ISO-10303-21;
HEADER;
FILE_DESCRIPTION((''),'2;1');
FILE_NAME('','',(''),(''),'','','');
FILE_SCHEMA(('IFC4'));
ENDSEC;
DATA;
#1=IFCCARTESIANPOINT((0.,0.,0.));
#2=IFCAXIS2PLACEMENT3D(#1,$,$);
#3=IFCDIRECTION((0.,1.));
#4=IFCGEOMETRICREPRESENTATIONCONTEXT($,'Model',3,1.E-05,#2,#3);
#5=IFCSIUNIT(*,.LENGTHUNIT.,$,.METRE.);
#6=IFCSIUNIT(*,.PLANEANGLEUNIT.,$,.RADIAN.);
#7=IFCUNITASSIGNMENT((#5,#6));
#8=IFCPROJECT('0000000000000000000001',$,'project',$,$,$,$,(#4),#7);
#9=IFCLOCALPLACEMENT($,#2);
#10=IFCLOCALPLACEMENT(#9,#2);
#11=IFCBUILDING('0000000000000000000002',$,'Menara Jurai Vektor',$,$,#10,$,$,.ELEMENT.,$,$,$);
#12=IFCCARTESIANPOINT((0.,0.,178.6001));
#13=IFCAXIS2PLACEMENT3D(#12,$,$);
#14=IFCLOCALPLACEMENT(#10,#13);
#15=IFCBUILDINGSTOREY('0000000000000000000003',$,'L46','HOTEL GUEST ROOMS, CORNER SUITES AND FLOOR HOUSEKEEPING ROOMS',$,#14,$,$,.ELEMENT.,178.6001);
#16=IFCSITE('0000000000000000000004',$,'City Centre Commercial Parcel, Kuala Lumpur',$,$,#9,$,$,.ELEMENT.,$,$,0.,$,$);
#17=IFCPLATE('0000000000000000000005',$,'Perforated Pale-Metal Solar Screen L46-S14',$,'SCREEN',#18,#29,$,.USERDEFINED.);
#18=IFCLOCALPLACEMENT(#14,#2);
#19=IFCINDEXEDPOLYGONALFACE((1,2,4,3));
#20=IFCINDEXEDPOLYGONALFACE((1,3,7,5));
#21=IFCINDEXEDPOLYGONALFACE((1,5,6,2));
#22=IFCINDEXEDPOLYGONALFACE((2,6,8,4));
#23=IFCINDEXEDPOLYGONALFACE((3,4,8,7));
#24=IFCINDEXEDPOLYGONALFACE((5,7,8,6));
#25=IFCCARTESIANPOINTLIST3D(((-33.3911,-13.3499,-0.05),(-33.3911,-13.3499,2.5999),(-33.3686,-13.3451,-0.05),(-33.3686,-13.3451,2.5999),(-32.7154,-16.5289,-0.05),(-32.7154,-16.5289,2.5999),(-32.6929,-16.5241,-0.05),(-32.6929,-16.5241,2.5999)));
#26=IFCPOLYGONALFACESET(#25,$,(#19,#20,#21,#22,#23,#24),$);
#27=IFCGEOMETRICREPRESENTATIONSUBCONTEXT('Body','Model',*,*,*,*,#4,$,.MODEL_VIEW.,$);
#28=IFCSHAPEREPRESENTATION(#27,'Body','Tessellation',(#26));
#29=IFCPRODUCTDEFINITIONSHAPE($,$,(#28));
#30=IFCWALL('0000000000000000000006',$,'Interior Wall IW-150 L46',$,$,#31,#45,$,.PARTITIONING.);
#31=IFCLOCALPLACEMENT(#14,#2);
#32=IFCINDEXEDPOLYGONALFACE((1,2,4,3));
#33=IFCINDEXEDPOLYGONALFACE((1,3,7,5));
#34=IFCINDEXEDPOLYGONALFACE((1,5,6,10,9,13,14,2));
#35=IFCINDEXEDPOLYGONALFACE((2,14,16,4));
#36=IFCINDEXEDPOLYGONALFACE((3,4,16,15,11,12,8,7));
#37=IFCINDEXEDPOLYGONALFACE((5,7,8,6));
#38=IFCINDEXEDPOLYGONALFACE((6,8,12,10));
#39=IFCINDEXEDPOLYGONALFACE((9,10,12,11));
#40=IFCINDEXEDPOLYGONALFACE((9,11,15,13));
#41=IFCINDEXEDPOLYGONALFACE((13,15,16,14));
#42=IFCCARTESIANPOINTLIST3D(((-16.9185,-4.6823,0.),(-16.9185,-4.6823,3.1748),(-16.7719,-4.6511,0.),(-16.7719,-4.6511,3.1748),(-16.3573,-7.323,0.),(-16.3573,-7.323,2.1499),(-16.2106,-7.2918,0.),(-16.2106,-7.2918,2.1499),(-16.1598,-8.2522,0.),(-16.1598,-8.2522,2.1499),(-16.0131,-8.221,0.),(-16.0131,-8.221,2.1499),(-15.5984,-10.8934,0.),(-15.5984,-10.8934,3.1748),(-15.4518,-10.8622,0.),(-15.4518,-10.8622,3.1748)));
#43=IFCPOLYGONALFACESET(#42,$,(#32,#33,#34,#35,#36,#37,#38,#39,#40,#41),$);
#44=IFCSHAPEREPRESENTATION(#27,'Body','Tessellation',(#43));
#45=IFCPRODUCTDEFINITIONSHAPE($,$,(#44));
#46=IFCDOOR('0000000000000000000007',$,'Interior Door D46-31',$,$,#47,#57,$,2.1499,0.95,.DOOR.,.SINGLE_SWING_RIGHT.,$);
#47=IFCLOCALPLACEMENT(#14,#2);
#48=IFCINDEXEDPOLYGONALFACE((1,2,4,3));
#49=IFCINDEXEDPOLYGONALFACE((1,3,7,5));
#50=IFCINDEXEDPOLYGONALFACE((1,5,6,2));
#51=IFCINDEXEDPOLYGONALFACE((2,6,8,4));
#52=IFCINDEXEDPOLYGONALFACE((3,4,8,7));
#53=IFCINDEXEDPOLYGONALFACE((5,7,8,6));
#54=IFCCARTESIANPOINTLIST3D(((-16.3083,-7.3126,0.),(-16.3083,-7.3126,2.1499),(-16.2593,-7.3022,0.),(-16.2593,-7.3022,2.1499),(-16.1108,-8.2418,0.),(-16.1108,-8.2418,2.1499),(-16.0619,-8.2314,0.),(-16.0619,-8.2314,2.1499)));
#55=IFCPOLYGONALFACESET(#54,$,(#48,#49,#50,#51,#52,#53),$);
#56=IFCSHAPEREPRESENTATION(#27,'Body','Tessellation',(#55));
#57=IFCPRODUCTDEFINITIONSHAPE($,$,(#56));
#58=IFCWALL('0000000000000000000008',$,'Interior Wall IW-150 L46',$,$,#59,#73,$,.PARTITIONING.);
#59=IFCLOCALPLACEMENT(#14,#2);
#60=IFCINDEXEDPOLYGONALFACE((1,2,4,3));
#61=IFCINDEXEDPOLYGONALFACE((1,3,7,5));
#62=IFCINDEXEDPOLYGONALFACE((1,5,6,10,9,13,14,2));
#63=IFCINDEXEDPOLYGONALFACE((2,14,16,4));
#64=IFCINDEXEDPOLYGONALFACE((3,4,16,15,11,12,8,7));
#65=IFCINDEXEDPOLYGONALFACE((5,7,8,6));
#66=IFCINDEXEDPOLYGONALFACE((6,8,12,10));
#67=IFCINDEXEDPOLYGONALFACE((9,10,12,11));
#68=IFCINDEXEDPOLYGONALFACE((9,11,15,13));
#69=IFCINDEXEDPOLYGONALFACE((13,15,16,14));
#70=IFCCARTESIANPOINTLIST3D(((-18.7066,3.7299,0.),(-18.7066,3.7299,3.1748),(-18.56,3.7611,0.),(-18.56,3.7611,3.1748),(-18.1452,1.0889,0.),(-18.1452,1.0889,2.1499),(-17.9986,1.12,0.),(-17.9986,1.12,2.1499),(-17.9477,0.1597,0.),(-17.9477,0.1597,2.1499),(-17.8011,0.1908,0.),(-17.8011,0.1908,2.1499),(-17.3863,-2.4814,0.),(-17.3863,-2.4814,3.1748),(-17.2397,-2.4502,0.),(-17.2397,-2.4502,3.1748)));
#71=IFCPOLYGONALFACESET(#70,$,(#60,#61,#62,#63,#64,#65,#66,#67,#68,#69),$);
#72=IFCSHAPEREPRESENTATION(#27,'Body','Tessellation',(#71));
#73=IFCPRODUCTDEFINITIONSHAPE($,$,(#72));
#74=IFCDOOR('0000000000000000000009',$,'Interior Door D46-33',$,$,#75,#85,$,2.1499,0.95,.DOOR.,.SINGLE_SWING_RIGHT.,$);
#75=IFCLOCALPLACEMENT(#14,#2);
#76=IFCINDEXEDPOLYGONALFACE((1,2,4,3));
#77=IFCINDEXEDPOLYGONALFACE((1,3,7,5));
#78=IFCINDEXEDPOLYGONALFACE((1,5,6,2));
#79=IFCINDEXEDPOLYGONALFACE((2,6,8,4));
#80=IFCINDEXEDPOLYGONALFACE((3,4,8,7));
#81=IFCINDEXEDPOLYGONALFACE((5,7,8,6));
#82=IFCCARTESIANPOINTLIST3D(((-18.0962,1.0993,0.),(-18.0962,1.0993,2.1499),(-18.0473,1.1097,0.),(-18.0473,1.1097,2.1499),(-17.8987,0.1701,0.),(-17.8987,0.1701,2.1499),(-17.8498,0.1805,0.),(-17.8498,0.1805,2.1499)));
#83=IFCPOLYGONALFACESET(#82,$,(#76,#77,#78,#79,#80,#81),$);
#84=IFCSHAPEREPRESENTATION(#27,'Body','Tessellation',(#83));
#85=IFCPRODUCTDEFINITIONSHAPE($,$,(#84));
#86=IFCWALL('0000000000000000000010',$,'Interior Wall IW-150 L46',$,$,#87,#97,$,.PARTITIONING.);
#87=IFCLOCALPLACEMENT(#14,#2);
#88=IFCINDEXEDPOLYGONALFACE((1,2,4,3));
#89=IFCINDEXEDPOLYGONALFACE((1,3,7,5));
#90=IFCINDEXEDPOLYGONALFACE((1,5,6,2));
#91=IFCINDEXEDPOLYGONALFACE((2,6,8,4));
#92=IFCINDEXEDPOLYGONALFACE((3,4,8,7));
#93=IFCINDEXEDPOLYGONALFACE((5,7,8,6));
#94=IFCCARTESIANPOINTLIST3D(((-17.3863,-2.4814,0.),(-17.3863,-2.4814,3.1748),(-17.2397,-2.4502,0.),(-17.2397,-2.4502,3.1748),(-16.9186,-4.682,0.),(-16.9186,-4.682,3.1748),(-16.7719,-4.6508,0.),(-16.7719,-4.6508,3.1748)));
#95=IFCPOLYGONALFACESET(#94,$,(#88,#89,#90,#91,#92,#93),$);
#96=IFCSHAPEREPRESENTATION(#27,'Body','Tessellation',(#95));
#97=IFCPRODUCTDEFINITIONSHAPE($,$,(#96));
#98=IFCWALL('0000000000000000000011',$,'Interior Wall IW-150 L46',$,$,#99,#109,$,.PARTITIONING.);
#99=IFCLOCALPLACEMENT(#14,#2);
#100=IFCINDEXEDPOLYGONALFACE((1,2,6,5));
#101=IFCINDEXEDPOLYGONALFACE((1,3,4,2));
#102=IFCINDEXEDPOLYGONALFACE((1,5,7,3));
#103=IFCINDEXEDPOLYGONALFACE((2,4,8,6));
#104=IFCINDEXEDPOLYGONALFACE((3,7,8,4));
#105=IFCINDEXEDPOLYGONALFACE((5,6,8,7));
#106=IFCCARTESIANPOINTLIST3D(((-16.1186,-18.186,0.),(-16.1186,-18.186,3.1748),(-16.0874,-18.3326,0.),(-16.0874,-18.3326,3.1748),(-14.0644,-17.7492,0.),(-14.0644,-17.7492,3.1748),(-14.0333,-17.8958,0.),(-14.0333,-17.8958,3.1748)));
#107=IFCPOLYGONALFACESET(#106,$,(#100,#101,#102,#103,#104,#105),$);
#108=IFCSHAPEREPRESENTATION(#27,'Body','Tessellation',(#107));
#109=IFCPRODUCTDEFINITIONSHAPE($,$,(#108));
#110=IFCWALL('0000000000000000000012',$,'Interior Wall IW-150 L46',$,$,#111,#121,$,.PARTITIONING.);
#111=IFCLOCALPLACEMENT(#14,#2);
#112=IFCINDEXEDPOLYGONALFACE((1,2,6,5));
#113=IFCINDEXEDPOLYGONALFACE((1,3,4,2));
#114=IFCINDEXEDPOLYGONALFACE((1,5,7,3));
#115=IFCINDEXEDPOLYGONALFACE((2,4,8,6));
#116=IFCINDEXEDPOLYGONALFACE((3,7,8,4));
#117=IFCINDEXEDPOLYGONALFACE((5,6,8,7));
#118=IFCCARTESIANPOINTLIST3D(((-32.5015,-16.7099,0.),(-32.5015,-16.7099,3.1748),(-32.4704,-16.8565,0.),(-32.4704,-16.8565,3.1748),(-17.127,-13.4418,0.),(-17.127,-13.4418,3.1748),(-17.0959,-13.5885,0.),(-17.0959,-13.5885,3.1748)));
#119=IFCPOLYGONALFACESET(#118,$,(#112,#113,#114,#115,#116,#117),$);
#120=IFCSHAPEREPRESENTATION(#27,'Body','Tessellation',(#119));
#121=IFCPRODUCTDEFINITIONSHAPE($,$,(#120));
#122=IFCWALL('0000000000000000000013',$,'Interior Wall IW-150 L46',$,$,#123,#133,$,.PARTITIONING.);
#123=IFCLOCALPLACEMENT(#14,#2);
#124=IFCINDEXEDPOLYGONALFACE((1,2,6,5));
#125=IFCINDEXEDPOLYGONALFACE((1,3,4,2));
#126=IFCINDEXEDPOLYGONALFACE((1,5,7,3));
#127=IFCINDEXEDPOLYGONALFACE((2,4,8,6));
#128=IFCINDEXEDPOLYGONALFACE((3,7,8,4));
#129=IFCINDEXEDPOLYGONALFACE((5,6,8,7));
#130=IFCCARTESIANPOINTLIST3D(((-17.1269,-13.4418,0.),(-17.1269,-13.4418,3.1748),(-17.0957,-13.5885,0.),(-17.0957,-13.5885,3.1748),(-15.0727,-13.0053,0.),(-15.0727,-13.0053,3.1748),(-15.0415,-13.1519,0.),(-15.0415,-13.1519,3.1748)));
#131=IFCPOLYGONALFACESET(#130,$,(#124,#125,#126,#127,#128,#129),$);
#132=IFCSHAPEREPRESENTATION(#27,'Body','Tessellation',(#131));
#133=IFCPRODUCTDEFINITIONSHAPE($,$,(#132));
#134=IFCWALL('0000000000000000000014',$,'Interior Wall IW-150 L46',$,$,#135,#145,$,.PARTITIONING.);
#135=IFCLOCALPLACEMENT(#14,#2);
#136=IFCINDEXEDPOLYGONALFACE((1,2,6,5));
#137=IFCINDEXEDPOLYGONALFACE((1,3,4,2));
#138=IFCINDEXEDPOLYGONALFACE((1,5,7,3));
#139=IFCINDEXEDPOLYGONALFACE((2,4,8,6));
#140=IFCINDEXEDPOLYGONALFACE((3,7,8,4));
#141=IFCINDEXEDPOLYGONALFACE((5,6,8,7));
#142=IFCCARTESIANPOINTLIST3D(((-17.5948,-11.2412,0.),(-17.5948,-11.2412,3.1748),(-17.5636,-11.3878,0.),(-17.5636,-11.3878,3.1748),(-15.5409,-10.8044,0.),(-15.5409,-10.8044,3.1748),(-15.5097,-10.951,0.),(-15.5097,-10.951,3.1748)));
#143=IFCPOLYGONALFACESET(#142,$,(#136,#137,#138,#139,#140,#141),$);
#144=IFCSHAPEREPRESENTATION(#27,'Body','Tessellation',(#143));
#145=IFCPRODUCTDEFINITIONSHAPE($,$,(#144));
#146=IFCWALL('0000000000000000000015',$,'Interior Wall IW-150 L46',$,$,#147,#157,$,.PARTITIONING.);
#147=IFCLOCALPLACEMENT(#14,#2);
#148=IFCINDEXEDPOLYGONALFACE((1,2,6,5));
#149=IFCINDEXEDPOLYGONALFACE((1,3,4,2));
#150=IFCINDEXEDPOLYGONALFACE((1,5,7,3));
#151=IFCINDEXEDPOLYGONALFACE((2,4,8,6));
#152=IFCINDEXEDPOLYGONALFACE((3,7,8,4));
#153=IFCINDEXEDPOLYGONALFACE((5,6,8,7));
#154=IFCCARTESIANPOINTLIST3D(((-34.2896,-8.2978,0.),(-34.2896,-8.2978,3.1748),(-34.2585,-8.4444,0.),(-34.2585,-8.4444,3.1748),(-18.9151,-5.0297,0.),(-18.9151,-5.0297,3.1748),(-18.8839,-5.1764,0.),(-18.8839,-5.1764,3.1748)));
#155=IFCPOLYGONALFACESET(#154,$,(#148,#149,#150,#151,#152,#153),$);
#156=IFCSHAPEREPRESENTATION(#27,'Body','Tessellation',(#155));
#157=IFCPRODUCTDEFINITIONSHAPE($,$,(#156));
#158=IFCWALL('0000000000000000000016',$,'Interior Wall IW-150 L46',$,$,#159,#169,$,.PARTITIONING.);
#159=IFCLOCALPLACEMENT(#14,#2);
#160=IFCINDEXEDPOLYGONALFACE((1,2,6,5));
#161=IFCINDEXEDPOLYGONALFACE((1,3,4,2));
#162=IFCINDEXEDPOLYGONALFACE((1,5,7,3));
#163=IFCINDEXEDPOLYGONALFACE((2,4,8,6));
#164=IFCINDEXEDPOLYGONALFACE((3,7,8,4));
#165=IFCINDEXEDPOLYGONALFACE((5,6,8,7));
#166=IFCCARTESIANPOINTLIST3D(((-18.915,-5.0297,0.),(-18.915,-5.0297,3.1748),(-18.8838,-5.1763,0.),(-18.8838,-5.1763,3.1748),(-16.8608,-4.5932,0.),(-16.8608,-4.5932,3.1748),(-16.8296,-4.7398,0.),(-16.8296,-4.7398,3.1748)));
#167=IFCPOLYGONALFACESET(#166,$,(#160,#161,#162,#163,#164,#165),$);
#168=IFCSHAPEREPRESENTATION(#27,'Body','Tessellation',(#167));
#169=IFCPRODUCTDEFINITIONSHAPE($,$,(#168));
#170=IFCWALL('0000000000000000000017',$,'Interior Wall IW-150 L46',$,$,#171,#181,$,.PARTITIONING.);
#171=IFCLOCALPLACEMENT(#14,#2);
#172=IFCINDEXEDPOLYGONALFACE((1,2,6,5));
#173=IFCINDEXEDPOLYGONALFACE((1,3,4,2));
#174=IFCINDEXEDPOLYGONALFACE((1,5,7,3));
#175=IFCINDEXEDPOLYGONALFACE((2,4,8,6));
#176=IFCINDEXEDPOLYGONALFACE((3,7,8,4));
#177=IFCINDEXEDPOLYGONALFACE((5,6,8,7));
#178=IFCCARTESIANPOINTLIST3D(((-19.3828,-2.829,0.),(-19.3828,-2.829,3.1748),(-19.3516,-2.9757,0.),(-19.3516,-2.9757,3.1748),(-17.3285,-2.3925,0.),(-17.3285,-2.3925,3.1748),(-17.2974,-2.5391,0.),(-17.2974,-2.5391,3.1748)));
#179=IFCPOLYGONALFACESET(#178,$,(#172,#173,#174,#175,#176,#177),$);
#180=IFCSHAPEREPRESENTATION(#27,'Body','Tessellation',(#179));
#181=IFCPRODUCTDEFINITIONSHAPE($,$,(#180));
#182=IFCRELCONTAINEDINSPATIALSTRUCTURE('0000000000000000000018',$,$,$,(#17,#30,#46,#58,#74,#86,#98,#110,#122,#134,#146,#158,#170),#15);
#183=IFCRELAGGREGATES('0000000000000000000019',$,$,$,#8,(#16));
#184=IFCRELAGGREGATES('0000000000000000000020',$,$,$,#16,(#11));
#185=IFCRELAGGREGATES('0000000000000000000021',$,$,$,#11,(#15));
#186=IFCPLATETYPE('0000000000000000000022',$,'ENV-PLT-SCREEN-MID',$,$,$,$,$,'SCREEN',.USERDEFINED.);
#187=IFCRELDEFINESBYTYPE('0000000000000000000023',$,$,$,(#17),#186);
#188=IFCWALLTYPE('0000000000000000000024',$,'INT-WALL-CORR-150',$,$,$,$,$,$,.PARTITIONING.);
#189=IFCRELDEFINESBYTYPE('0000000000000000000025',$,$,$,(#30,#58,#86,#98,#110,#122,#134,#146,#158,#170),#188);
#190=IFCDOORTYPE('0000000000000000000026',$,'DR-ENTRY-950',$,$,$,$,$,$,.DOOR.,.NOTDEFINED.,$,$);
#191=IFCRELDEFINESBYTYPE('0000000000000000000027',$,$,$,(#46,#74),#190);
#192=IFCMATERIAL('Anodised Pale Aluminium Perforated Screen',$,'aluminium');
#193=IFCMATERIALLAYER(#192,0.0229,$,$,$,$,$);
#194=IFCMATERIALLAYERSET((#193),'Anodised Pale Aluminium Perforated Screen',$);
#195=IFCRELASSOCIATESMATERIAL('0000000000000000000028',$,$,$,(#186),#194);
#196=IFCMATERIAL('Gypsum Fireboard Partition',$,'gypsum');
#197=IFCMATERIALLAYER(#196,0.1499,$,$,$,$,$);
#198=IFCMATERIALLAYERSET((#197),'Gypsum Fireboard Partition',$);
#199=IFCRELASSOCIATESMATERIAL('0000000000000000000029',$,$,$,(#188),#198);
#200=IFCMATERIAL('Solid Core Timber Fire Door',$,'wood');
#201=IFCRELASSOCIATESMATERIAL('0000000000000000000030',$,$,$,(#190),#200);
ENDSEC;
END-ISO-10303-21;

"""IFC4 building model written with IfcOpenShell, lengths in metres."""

from ifc_helpers import new_model, si_unit, direction, frame, frame_2d, origin, origin_2d, place, context, subcontext, project, spatial, rectangle, extrude, material, layer, layer_set, type_object, element, fill, save


model = new_model("IFC4")

# Units and contexts
model_context = context("Model", 3, precision=1e-05, world=origin(), true_north=direction((0.0, 1.0)))
body_context = subcontext(model_context, "Body", "Model", "MODEL_VIEW")
ifc_project = project(units=[si_unit("LENGTHUNIT", "METRE"), si_unit("PLANEANGLEUNIT", "RADIAN")], contexts=[model_context])

# Site, building, storey
site_placement = place(None, origin())
site = spatial("IfcSite", under=ifc_project, at=site_placement, Name="City Centre Commercial Parcel, Kuala Lumpur", CompositionType="ELEMENT", RefElevation=0.0)
building_placement = place(site_placement, origin())
building = spatial("IfcBuilding", under=site, at=building_placement, Name="Menara Jurai Vektor", CompositionType="ELEMENT")
storey_placement = place(building_placement, frame((0.0, 0.0, 178.6001)))
storey = spatial("IfcBuildingStorey", under=building, at=storey_placement, Name="L46", Description="HOTEL GUEST ROOMS, CORNER SUITES AND FLOOR HOUSEKEEPING ROOMS", CompositionType="ELEMENT", Elevation=178.6001)

# Plate
ifc_material_1 = material(Name="Anodised Pale Aluminium Perforated Screen", Category="aluminium")
ifc_layer_1 = layer(ifc_material_1, 0.0229)
ifc_layer_set_1 = layer_set([ifc_layer_1], Name="Anodised Pale Aluminium Perforated Screen")
plate_type_1 = type_object("IfcPlateType", Name="ENV-PLT-SCREEN-MID", ElementType="SCREEN", PredefinedType="USERDEFINED", material=ifc_layer_set_1)
for number, where, z_axis, x_axis, name in (
    (1, (-33.042, -14.937, -0.05), (0.0, 0.0, 1.0), (0.207912, -0.978148, 0.0), "Perforated Pale-Metal Solar Screen L46-S14"),
):
    element("IfcPlate", number, at=place(storey_placement, frame(where, z_axis=z_axis, x_axis=x_axis)), inside=storey, type_object=plate_type_1, Name=name, ObjectType="SCREEN", PredefinedType="USERDEFINED", context=body_context, shape_type="SweptSolid", body=[
        extrude(rectangle(XDim=3.25, YDim=0.0229, at=origin_2d()), origin(), (0.0, 0.0, 1.0), 2.6499),
    ])

# Walls, openings, doors
ifc_material_2 = material(Name="Gypsum Fireboard Partition", Category="gypsum")
ifc_layer_2 = layer(ifc_material_2, 0.1499)
ifc_layer_set_2 = layer_set([ifc_layer_2], Name="Gypsum Fireboard Partition")
wall_type = type_object("IfcWallType", Name="INT-WALL-CORR-150", PredefinedType="PARTITIONING", material=ifc_layer_set_2)
wall_1_placement = place(storey_placement, frame((-15.5251, -10.8777, 0.0), z_axis=(0.0, 0.0, 1.0), x_axis=(-0.207888, 0.978153, 0.0)))
wall_1 = element("IfcWall", 2, at=wall_1_placement, inside=storey, type_object=wall_type, Name="Interior Wall IW-150 L46", PredefinedType="PARTITIONING", context=body_context, shape_type="SweptSolid", body=[
    extrude(rectangle(XDim=6.3499, YDim=0.1499, at=frame_2d((3.1748, 0.0))), origin(), (0.0, 0.0, 1.0), 3.1748),
])
opening_1_placement = place(wall_1_placement, frame((2.7, 0.0, 0.0)))
opening_1 = element("IfcOpeningElement", 3, at=opening_1_placement, cuts=wall_1, PredefinedType="OPENING", context=body_context, shape_type="SweptSolid", body=[
    extrude(rectangle(XDim=0.95, YDim=2.1499, at=frame_2d((0.4751, 1.075))), frame((0.0, 0.085, 0.0), z_axis=(0.0, -1.0, 0.0), x_axis=(1.0, 0.0, 0.0)), (0.0, 0.0, 1.0), 0.1699),
])
ifc_material_3 = material(Name="Solid Core Timber Fire Door", Category="wood")
door_type_1 = type_object("IfcDoorType", Name="DR-ENTRY-950", OperationType="NOTDEFINED", PredefinedType="DOOR", material=ifc_material_3)
door_1_placement = place(opening_1_placement, origin())
door_1 = element("IfcDoor", 4, at=door_1_placement, inside=storey, type_object=door_type_1, Name="Interior Door D46-31", OperationType="SINGLE_SWING_RIGHT", OverallHeight=2.1499, OverallWidth=0.95, PredefinedType="DOOR", context=body_context, shape_type="SweptSolid", body=[
    extrude(rectangle(XDim=0.95, YDim=2.1499, at=frame_2d((0.4751, 1.075))), frame((0.0, 0.0249, 0.0), z_axis=(0.0, -1.0, 0.0), x_axis=(1.0, 0.0, 0.0)), (0.0, 0.0, 1.0), 0.05),
])
fill(opening_1, door_1)
wall_2_placement = place(storey_placement, frame((-17.313, -2.4658, 0.0), z_axis=(0.0, 0.0, 1.0), x_axis=(-0.207917, 0.978147, 0.0)))
wall_2 = element("IfcWall", 5, at=wall_2_placement, inside=storey, type_object=wall_type, Name="Interior Wall IW-150 L46", PredefinedType="PARTITIONING", context=body_context, shape_type="SweptSolid", body=[
    extrude(rectangle(XDim=6.3501, YDim=0.1499, at=frame_2d((3.175, 0.0))), origin(), (0.0, 0.0, 1.0), 3.1748),
])
opening_2_placement = place(wall_2_placement, frame((2.7, 0.0, 0.0)))
opening_2 = element("IfcOpeningElement", 6, at=opening_2_placement, cuts=wall_2, PredefinedType="OPENING", context=body_context, shape_type="SweptSolid", body=[
    extrude(rectangle(XDim=0.95, YDim=2.1499, at=frame_2d((0.4751, 1.075))), frame((0.0, 0.085, 0.0), z_axis=(0.0, -1.0, 0.0), x_axis=(1.0, 0.0, 0.0)), (0.0, 0.0, 1.0), 0.1699),
])
door_2_placement = place(opening_2_placement, origin())
door_2 = element("IfcDoor", 7, at=door_2_placement, inside=storey, type_object=door_type_1, Name="Interior Door D46-33", OperationType="SINGLE_SWING_RIGHT", OverallHeight=2.1499, OverallWidth=0.95, PredefinedType="DOOR", context=body_context, shape_type="SweptSolid", body=[
    extrude(rectangle(XDim=0.95, YDim=2.1499, at=frame_2d((0.4751, 1.075))), frame((0.0, 0.0249, 0.0), z_axis=(0.0, -1.0, 0.0), x_axis=(1.0, 0.0, 0.0)), (0.0, 0.0, 1.0), 0.05),
])
fill(opening_2, door_2)

# Walls
wall_3_placement = place(storey_placement, frame((-16.8452, -4.6665, 0.0), z_axis=(0.0, 0.0, 1.0), x_axis=(-0.207913, 0.978147, 0.0)))
element("IfcWall", 8, at=wall_3_placement, inside=storey, type_object=wall_type, Name="Interior Wall IW-150 L46", PredefinedType="PARTITIONING", context=body_context, shape_type="SweptSolid", body=[
    extrude(rectangle(XDim=2.2498, YDim=0.1499, at=frame_2d((1.125, 0.0))), origin(), (0.0, 0.0, 1.0), 3.1748),
])
wall_4_placement = place(storey_placement, frame((-16.103, -18.2593, 0.0), z_axis=(0.0, 0.0, 1.0), x_axis=(0.978135, 0.207973, 0.0)))
element("IfcWall", 9, at=wall_4_placement, inside=storey, type_object=wall_type, Name="Interior Wall IW-150 L46", PredefinedType="PARTITIONING", context=body_context, shape_type="SweptSolid", body=[
    extrude(rectangle(XDim=2.1001, YDim=0.1499, at=frame_2d((1.05, 0.0))), origin(), (0.0, 0.0, 1.0), 3.1748),
])
wall_5_placement = place(storey_placement, frame((-32.4858, -16.7832, 0.0), z_axis=(0.0, 0.0, 1.0), x_axis=(0.978146, 0.207919, 0.0)))
element("IfcWall", 10, at=wall_5_placement, inside=storey, type_object=wall_type, Name="Interior Wall IW-150 L46", PredefinedType="PARTITIONING", context=body_context, shape_type="SweptSolid", body=[
    extrude(rectangle(XDim=15.718, YDim=0.1499, at=frame_2d((7.8589, 0.0))), origin(), (0.0, 0.0, 1.0), 3.1748),
])
wall_6_placement = place(storey_placement, frame((-17.1113, -13.5151, 0.0), z_axis=(0.0, 0.0, 1.0), x_axis=(0.978158, 0.207862, 0.0)))
element("IfcWall", 11, at=wall_6_placement, inside=storey, type_object=wall_type, Name="Interior Wall IW-150 L46", PredefinedType="PARTITIONING", context=body_context, shape_type="SweptSolid", body=[
    extrude(rectangle(XDim=2.1001, YDim=0.1499, at=frame_2d((1.05, 0.0))), origin(), (0.0, 0.0, 1.0), 3.1748),
])

# Walls
wall_7_placement = place(storey_placement, frame((-17.5791, -11.3145, 0.0), z_axis=(0.0, 0.0, 1.0), x_axis=(0.97813, 0.207996, 0.0)))
element("IfcWall", 12, at=wall_7_placement, inside=storey, type_object=wall_type, Name="Interior Wall IW-150 L46", PredefinedType="PARTITIONING", context=body_context, shape_type="SweptSolid", body=[
    extrude(rectangle(XDim=2.0999, YDim=0.1499, at=frame_2d((1.0498, 0.0))), origin(), (0.0, 0.0, 1.0), 3.1748),
])
wall_8_placement = place(storey_placement, frame((-34.2739, -8.3711, 0.0), z_axis=(0.0, 0.0, 1.0), x_axis=(0.978146, 0.207919, 0.0)))
element("IfcWall", 13, at=wall_8_placement, inside=storey, type_object=wall_type, Name="Interior Wall IW-150 L46", PredefinedType="PARTITIONING", context=body_context, shape_type="SweptSolid", body=[
    extrude(rectangle(XDim=15.718, YDim=0.1499, at=frame_2d((7.8589, 0.0))), origin(), (0.0, 0.0, 1.0), 3.1748),
])
wall_9_placement = place(storey_placement, frame((-18.8994, -5.103, 0.0), z_axis=(0.0, 0.0, 1.0), x_axis=(0.978158, 0.207862, 0.0)))
element("IfcWall", 14, at=wall_9_placement, inside=storey, type_object=wall_type, Name="Interior Wall IW-150 L46", PredefinedType="PARTITIONING", context=body_context, shape_type="SweptSolid", body=[
    extrude(rectangle(XDim=2.1001, YDim=0.1499, at=frame_2d((1.05, 0.0))), origin(), (0.0, 0.0, 1.0), 3.1748),
])

# Wall
wall_10_placement = place(storey_placement, frame((-19.3672, -2.9023, 0.0), z_axis=(0.0, 0.0, 1.0), x_axis=(0.978158, 0.207862, 0.0)))
element("IfcWall", 15, at=wall_10_placement, inside=storey, type_object=wall_type, Name="Interior Wall IW-150 L46", PredefinedType="PARTITIONING", context=body_context, shape_type="SweptSolid", body=[
    extrude(rectangle(XDim=2.1001, YDim=0.1499, at=frame_2d((1.05, 0.0))), origin(), (0.0, 0.0, 1.0), 3.1748),
])

save(model, "model.ifc")
